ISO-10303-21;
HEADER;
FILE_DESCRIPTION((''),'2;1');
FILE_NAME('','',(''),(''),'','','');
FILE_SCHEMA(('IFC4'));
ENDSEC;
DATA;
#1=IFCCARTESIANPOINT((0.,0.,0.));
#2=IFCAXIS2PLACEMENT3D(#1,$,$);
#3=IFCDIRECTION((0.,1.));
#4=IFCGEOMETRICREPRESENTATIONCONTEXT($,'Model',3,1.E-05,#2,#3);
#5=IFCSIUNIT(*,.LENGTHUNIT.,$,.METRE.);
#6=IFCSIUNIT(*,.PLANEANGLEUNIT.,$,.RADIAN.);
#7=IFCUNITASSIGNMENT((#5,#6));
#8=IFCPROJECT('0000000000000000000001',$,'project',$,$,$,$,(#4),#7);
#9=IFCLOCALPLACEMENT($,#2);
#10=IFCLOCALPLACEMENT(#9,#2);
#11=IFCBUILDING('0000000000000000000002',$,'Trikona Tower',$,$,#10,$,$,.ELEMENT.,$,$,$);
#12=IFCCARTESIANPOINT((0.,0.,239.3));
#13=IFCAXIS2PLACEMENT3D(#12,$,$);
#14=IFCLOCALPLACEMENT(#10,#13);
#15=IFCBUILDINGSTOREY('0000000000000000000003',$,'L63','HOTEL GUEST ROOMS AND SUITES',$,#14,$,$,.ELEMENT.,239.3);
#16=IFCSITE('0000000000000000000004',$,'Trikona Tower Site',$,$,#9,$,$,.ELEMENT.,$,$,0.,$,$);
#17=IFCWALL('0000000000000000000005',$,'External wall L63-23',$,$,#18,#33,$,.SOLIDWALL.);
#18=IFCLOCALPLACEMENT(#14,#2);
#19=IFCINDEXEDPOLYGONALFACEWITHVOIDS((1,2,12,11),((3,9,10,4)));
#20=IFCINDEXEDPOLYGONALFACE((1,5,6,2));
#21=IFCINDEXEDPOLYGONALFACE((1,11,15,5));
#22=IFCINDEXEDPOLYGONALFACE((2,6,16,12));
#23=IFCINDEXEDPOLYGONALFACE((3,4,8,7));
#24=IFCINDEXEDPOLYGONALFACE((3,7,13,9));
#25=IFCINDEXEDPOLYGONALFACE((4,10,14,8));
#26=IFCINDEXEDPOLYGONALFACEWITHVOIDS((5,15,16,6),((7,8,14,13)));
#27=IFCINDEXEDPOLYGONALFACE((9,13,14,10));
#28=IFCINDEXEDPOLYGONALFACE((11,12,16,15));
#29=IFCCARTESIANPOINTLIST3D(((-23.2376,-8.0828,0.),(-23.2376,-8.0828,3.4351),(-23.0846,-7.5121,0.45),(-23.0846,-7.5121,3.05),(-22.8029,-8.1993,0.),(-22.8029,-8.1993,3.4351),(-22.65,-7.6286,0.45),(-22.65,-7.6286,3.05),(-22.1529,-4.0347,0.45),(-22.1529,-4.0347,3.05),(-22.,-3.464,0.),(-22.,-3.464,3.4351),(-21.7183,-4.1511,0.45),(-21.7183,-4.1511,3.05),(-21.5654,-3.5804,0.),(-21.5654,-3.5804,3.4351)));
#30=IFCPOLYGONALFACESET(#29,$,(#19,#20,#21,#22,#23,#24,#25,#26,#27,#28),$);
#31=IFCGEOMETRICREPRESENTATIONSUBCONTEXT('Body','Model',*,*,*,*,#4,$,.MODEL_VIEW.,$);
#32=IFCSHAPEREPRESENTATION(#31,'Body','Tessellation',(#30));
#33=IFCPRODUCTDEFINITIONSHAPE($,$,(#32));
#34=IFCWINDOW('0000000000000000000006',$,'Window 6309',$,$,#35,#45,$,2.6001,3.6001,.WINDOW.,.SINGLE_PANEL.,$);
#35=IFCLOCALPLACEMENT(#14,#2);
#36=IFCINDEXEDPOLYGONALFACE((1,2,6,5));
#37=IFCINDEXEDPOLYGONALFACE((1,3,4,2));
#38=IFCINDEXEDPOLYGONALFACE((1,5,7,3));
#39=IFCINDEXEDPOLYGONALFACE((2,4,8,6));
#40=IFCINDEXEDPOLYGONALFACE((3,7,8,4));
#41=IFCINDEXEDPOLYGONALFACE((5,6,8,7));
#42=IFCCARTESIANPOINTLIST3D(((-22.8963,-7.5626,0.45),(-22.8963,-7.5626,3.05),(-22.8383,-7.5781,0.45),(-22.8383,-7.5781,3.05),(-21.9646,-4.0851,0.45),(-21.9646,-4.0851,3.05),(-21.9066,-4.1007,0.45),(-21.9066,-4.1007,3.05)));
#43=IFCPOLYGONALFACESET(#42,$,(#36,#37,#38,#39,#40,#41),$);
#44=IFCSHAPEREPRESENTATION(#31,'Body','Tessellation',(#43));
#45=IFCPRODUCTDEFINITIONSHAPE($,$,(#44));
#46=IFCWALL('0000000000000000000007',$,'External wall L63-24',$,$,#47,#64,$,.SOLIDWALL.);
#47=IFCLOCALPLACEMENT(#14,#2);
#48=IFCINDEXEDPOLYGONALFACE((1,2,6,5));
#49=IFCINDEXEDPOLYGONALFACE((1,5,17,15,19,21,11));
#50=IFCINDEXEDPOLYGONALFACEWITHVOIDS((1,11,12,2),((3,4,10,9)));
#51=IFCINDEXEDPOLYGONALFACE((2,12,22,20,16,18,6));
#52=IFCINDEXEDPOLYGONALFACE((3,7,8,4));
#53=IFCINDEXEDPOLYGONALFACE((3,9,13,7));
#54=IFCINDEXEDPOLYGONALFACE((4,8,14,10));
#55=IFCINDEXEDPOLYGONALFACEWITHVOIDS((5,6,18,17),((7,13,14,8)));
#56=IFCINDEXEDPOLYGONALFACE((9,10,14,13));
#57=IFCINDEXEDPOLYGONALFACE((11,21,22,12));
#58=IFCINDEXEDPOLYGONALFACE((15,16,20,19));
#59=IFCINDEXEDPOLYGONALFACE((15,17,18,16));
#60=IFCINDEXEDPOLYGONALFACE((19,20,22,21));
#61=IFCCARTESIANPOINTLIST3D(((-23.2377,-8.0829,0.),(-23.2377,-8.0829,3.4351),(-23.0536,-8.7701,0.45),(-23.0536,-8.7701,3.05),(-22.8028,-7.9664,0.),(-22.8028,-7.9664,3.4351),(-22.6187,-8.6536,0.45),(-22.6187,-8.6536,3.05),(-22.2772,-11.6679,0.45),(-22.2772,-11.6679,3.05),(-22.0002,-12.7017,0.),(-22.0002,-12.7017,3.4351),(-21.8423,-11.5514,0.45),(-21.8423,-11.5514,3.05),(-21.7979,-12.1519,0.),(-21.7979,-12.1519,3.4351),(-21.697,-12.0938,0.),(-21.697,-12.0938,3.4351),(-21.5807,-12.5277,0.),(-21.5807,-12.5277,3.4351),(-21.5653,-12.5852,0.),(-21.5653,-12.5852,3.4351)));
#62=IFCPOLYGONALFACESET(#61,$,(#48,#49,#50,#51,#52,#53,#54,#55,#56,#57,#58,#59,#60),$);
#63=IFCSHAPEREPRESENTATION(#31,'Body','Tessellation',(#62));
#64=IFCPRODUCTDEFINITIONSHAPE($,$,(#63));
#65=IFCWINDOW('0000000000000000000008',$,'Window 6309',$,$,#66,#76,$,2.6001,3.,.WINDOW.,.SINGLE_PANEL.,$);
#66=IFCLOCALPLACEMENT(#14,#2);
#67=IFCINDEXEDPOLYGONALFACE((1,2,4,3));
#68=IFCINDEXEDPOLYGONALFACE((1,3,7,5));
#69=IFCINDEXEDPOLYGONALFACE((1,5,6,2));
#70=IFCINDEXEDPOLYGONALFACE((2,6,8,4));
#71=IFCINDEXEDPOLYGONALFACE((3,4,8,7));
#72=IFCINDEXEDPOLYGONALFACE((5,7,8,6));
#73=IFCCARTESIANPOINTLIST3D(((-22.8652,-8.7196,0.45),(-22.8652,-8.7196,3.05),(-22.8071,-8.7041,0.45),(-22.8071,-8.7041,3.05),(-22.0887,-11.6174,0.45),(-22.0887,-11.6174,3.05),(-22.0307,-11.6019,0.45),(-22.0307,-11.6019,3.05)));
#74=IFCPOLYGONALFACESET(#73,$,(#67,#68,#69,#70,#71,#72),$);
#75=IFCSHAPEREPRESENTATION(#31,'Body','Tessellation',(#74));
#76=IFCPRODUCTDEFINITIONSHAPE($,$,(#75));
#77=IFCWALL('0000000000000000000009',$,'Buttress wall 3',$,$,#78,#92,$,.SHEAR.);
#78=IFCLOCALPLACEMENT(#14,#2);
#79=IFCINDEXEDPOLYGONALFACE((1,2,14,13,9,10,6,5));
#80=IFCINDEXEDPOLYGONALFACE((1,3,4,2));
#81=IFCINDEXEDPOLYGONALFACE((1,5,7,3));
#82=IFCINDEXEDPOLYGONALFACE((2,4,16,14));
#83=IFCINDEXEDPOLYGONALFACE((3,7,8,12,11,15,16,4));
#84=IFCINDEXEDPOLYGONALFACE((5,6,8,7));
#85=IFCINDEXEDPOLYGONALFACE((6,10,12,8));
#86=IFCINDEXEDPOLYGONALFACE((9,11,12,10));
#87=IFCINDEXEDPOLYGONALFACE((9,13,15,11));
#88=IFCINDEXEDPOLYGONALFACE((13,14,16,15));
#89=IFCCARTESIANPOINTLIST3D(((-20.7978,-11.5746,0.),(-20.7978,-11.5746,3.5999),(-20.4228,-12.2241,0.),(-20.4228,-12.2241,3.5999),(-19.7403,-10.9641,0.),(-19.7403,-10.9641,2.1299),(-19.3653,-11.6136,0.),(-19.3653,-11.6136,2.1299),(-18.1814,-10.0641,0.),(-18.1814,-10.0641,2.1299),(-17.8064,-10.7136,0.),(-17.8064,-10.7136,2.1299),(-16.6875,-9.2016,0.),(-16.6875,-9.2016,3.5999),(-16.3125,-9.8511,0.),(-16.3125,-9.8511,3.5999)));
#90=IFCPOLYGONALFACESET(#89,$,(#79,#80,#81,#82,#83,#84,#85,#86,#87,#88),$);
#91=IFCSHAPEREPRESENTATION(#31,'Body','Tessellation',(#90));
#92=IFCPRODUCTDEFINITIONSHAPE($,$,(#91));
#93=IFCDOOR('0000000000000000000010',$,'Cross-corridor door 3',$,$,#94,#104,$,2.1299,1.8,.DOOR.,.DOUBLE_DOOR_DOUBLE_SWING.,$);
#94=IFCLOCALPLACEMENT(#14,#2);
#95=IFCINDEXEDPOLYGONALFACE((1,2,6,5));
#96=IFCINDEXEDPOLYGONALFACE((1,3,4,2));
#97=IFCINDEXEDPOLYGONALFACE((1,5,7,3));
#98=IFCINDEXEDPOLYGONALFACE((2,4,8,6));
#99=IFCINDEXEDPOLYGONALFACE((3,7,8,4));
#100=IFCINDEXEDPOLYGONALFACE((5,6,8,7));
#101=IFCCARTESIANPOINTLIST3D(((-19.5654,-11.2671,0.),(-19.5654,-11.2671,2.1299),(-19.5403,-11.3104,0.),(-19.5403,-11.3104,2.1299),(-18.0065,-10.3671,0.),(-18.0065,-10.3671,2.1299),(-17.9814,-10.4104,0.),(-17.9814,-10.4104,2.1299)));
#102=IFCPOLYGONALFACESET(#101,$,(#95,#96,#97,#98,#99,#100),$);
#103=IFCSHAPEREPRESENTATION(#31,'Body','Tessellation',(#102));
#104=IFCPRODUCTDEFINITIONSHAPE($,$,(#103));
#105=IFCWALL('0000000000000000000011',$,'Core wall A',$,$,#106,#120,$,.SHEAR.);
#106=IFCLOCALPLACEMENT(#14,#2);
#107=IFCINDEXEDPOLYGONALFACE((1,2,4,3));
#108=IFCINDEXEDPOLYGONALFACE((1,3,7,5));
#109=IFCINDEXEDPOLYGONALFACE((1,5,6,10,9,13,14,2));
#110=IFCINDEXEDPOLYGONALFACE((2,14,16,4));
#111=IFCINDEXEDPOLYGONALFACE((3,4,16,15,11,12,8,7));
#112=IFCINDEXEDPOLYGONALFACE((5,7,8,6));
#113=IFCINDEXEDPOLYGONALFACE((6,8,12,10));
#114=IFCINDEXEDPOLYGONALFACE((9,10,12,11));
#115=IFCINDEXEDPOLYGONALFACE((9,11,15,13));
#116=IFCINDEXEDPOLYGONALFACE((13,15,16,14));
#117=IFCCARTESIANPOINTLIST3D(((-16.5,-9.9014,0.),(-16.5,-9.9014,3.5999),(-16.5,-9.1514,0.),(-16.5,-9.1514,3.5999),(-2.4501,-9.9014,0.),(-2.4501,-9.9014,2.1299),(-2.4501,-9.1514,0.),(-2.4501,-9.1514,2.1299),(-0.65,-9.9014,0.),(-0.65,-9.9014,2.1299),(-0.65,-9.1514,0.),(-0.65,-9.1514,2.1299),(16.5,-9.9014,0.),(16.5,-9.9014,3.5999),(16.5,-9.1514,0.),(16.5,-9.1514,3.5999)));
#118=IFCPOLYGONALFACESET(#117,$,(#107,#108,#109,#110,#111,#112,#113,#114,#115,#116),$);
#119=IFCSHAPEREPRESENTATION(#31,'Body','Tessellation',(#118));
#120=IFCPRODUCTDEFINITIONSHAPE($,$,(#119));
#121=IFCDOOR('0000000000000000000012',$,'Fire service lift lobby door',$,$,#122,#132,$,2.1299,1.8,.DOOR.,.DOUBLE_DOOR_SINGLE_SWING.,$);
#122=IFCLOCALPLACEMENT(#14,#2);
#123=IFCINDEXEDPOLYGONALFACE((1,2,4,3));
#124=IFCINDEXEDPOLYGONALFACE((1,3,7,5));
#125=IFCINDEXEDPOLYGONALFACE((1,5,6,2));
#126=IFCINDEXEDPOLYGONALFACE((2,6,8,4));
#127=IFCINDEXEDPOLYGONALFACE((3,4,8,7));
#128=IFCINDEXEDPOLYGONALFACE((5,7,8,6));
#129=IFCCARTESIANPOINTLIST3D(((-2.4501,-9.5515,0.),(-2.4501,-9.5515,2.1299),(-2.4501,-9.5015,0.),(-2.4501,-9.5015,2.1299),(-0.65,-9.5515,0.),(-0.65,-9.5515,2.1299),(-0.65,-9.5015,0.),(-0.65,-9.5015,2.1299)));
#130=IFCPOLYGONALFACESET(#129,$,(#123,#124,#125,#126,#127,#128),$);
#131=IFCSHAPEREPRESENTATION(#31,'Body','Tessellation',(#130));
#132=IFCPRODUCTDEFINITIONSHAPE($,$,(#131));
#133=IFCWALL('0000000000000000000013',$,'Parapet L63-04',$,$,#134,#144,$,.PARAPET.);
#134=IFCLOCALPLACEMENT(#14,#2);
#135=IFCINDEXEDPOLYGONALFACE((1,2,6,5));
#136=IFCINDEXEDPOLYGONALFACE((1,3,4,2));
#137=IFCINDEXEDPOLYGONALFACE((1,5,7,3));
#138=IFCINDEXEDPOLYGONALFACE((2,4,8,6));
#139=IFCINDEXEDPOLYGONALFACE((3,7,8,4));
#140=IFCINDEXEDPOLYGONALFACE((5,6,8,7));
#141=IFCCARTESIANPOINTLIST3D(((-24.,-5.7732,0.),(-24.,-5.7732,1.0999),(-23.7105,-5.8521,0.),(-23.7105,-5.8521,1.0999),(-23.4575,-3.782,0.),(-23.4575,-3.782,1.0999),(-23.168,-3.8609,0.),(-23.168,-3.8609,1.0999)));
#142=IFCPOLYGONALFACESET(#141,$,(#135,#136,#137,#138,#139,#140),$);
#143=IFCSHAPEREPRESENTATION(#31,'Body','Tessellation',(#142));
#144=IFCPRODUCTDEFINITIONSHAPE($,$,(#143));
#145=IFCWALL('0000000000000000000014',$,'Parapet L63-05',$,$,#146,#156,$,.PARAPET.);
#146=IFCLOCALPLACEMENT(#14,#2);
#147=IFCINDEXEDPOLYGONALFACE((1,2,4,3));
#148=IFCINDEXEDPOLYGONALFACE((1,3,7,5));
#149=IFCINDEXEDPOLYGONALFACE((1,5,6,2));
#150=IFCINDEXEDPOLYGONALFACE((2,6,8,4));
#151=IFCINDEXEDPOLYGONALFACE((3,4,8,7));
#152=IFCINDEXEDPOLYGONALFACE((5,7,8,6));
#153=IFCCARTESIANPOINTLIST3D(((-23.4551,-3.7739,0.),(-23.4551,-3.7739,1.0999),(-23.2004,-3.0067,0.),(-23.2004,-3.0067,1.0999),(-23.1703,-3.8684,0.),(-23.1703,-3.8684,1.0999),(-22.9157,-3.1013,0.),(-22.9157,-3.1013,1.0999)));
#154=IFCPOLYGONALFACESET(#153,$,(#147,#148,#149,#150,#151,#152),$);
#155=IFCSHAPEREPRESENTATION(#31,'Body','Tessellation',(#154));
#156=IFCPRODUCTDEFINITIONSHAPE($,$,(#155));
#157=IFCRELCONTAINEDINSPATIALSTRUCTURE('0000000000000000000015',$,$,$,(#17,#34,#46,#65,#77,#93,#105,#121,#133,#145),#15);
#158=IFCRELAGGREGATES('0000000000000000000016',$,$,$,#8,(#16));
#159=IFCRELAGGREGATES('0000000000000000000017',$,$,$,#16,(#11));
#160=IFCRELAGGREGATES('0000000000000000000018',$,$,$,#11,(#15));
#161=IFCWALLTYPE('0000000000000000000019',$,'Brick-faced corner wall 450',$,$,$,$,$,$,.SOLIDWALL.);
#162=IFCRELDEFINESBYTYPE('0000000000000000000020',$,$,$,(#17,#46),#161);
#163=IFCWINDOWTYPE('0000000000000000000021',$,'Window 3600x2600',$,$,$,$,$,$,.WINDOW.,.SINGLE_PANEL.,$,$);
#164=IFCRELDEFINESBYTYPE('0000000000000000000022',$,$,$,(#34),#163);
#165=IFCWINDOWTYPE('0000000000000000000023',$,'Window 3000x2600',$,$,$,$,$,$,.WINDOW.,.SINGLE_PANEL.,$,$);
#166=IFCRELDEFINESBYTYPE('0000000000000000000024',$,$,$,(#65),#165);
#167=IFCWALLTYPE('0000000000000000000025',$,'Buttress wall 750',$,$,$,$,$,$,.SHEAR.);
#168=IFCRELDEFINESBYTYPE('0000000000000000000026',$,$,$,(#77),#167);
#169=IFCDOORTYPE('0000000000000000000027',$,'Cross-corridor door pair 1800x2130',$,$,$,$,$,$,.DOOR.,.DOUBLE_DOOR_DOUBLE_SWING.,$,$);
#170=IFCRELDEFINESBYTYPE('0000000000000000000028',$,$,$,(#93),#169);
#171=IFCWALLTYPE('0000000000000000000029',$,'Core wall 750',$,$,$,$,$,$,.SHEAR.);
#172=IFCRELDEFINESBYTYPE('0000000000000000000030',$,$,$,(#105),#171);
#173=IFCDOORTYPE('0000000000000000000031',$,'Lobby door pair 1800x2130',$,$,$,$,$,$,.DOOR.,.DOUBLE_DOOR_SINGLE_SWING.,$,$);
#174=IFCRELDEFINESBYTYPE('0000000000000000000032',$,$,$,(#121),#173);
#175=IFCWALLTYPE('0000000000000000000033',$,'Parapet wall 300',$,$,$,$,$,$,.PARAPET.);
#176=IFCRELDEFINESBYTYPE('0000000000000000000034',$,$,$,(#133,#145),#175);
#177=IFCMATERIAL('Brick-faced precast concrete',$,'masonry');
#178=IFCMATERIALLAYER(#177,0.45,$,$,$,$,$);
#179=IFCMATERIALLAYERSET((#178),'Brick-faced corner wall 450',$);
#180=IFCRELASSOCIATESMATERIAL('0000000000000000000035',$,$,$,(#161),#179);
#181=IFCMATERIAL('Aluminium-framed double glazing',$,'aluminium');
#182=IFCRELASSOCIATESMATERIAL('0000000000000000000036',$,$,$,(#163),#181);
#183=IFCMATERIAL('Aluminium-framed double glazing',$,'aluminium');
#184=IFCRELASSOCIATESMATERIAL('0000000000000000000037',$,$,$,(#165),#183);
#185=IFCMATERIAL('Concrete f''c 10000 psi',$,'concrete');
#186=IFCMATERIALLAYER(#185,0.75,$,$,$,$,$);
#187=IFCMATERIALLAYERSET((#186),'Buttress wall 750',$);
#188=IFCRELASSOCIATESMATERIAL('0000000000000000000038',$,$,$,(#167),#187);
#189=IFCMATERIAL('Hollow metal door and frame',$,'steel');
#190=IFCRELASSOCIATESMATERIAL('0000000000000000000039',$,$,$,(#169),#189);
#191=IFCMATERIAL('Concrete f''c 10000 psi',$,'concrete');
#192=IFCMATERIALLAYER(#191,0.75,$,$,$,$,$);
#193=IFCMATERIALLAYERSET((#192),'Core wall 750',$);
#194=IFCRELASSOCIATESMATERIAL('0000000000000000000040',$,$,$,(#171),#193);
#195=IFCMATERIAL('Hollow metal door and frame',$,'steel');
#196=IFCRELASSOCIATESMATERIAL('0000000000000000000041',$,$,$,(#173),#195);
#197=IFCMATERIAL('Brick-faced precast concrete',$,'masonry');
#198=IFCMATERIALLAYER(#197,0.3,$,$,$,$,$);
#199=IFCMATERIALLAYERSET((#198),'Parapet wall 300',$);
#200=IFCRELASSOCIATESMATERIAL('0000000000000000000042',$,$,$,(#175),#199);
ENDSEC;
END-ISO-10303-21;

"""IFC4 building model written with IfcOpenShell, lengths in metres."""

from ifc_helpers import new_model, si_unit, direction, frame, frame_2d, origin, place, context, subcontext, project, spatial, polyline, rectangle, outline, extrude, material, layer, layer_set, type_object, element, fill, save


model = new_model("IFC4")

# Units and contexts
model_context = context("Model", 3, precision=1e-05, world=origin(), true_north=direction((0.0, 1.0)))
body_context = subcontext(model_context, "Body", "Model", "MODEL_VIEW")
ifc_project = project(units=[si_unit("LENGTHUNIT", "METRE"), si_unit("PLANEANGLEUNIT", "RADIAN")], contexts=[model_context])

# Site, building, storey
site_placement = place(None, origin())
site = spatial("IfcSite", under=ifc_project, at=site_placement, Name="Trikona Tower Site", CompositionType="ELEMENT", RefElevation=0.0)
building_placement = place(site_placement, origin())
building = spatial("IfcBuilding", under=site, at=building_placement, Name="Trikona Tower", CompositionType="ELEMENT")
storey_placement = place(building_placement, frame((0.0, 0.0, 239.3)))
storey = spatial("IfcBuildingStorey", under=building, at=storey_placement, Name="L63", Description="HOTEL GUEST ROOMS AND SUITES", CompositionType="ELEMENT", Elevation=239.3)

# Walls, openings, windows
ifc_material_1 = material(Name="Brick-faced precast concrete", Category="masonry")
ifc_layer_1 = layer(ifc_material_1, 0.45)
ifc_layer_set_1 = layer_set([ifc_layer_1], Name="Brick-faced corner wall 450")
wall_type_1 = type_object("IfcWallType", Name="Brick-faced corner wall 450", PredefinedType="SOLIDWALL", material=ifc_layer_set_1)
wall_1_placement = place(storey_placement, frame((-21.7827, -3.5222, 0.0), z_axis=(0.0, 0.0, 1.0), x_axis=(-0.258803, -0.96593, 0.0)))
wall_1 = element("IfcWall", 1, at=wall_1_placement, inside=storey, type_object=wall_type_1, Name="External wall L63-23", PredefinedType="SOLIDWALL", context=body_context, shape_type="SweptSolid", body=[
    extrude(rectangle(XDim=4.7817, YDim=0.45, at=frame_2d((2.3909, 0.0))), origin(), (0.0, 0.0, 1.0), 3.4351),
])
opening_1_placement = place(wall_1_placement, frame((0.5908, 0.0, 0.45)))
opening_1 = element("IfcOpeningElement", 2, at=opening_1_placement, cuts=wall_1, PredefinedType="OPENING", context=body_context, shape_type="SweptSolid", body=[
    extrude(rectangle(XDim=3.6001, YDim=2.6001, at=frame_2d((1.8, 1.3))), frame((0.0, 0.2349, 0.0), z_axis=(0.0, -1.0, 0.0), x_axis=(1.0, 0.0, 0.0)), (0.0, 0.0, 1.0), 0.47),
])
ifc_material_2 = material(Name="Aluminium-framed double glazing", Category="aluminium")
window_type_1 = type_object("IfcWindowType", Name="Window 3600x2600", PartitioningType="SINGLE_PANEL", PredefinedType="WINDOW", material=ifc_material_2)
window_1_placement = place(opening_1_placement, origin())
window_1 = element("IfcWindow", 3, at=window_1_placement, inside=storey, type_object=window_type_1, Name="Window 6309", OverallHeight=2.6001, OverallWidth=3.6001, PartitioningType="SINGLE_PANEL", PredefinedType="WINDOW", context=body_context, shape_type="SweptSolid", body=[
    extrude(rectangle(XDim=3.6001, YDim=2.6001, at=frame_2d((1.8, 1.3))), frame((0.0, 0.03, 0.0), z_axis=(0.0, -1.0, 0.0), x_axis=(1.0, 0.0, 0.0)), (0.0, 0.0, 1.0), 0.0601),
])
fill(opening_1, window_1)
wall_2_placement = place(storey_placement, frame((-23.0203, -8.0247, 0.0), z_axis=(0.0, 0.0, 1.0), x_axis=(0.258803, -0.96593, 0.0)))
wall_2 = element("IfcWall", 4, at=wall_2_placement, inside=storey, type_object=wall_type_1, Name="External wall L63-24", PredefinedType="SOLIDWALL", context=body_context, shape_type="SweptSolid", body=[
    extrude(outline(polyline([(4.7817, 0.2251), (4.7222, 0.2251), (4.303, 0.1125), (4.2729, 0.2251), (0.0, 0.2251), (0.0, -0.2251), (4.7817, -0.2251), (4.7817, 0.2251)])), origin(), (0.0, 0.0, 1.0), 3.4351),
])
opening_2_placement = place(wall_2_placement, frame((0.7114, 0.0, 0.45)))
opening_2 = element("IfcOpeningElement", 5, at=opening_2_placement, cuts=wall_2, PredefinedType="OPENING", context=body_context, shape_type="SweptSolid", body=[
    extrude(rectangle(XDim=3.0, YDim=2.6001, at=frame_2d((1.5, 1.3))), frame((0.0, 0.2349, 0.0), z_axis=(0.0, -1.0, 0.0), x_axis=(1.0, 0.0, 0.0)), (0.0, 0.0, 1.0), 0.47),
])
ifc_material_3 = material(Name="Aluminium-framed double glazing", Category="aluminium")
window_type_2 = type_object("IfcWindowType", Name="Window 3000x2600", PartitioningType="SINGLE_PANEL", PredefinedType="WINDOW", material=ifc_material_3)
window_2_placement = place(opening_2_placement, origin())
window_2 = element("IfcWindow", 6, at=window_2_placement, inside=storey, type_object=window_type_2, Name="Window 6309", OverallHeight=2.6001, OverallWidth=3.0, PartitioningType="SINGLE_PANEL", PredefinedType="WINDOW", context=body_context, shape_type="SweptSolid", body=[
    extrude(rectangle(XDim=3.0, YDim=2.6001, at=frame_2d((1.5, 1.3))), frame((0.0, 0.03, 0.0), z_axis=(0.0, -1.0, 0.0), x_axis=(1.0, 0.0, 0.0)), (0.0, 0.0, 1.0), 0.0601),
])
fill(opening_2, window_2)

# Walls, openings, doors
ifc_material_4 = material(Name="Concrete f'c 10000 psi", Category="concrete")
ifc_layer_2 = layer(ifc_material_4, 0.75)
ifc_layer_set_2 = layer_set([ifc_layer_2], Name="Buttress wall 750")
wall_type_2 = type_object("IfcWallType", Name="Buttress wall 750", PredefinedType="SHEAR", material=ifc_layer_set_2)
wall_3_placement = place(storey_placement, frame((-16.5, -9.5264, 0.0), z_axis=(0.0, 0.0, 1.0), x_axis=(-0.866031, -0.49999, 0.0)))
wall_3 = element("IfcWall", 7, at=wall_3_placement, inside=storey, type_object=wall_type_2, Name="Buttress wall 3", PredefinedType="SHEAR", context=body_context, shape_type="SweptSolid", body=[
    extrude(rectangle(XDim=4.7461, YDim=0.75, at=frame_2d((2.373, 0.0))), origin(), (0.0, 0.0, 1.0), 3.5999),
])
opening_3_placement = place(wall_3_placement, frame((1.7251, 0.0, 0.0)))
opening_3 = element("IfcOpeningElement", 8, at=opening_3_placement, cuts=wall_3, PredefinedType="OPENING", context=body_context, shape_type="SweptSolid", body=[
    extrude(rectangle(XDim=1.8, YDim=2.1299, at=frame_2d((0.8999, 1.0649))), frame((0.0, 0.385, 0.0), z_axis=(0.0, -1.0, 0.0), x_axis=(1.0, 0.0, 0.0)), (0.0, 0.0, 1.0), 0.77),
])
ifc_material_5 = material(Name="Hollow metal door and frame", Category="steel")
door_type_1 = type_object("IfcDoorType", Name="Cross-corridor door pair 1800x2130", OperationType="DOUBLE_DOOR_DOUBLE_SWING", PredefinedType="DOOR", material=ifc_material_5)
door_1_placement = place(opening_3_placement, origin())
door_1 = element("IfcDoor", 9, at=door_1_placement, inside=storey, type_object=door_type_1, Name="Cross-corridor door 3", OperationType="DOUBLE_DOOR_DOUBLE_SWING", OverallHeight=2.1299, OverallWidth=1.8, PredefinedType="DOOR", context=body_context, shape_type="SweptSolid", body=[
    extrude(rectangle(XDim=1.8, YDim=2.1299, at=frame_2d((0.8999, 1.0649))), frame((0.0, 0.0249, 0.0), z_axis=(0.0, -1.0, 0.0), x_axis=(1.0, 0.0, 0.0)), (0.0, 0.0, 1.0), 0.05),
])
fill(opening_3, door_1)
ifc_material_6 = material(Name="Concrete f'c 10000 psi", Category="concrete")
ifc_layer_3 = layer(ifc_material_6, 0.75)
ifc_layer_set_3 = layer_set([ifc_layer_3], Name="Core wall 750")
wall_type_3 = type_object("IfcWallType", Name="Core wall 750", PredefinedType="SHEAR", material=ifc_layer_set_3)
wall_4_placement = place(storey_placement, frame((-16.5, -9.5264, 0.0), z_axis=(0.0, 0.0, 1.0), x_axis=(1.0, 0.0, 0.0)))
wall_4 = element("IfcWall", 10, at=wall_4_placement, inside=storey, type_object=wall_type_3, Name="Core wall A", PredefinedType="SHEAR", context=body_context, shape_type="SweptSolid", body=[
    extrude(rectangle(XDim=33.0, YDim=0.75, at=frame_2d((16.5, 0.0))), origin(), (0.0, 0.0, 1.0), 3.5999),
])
opening_4_placement = place(wall_4_placement, frame((14.05, 0.0, 0.0)))
opening_4 = element("IfcOpeningElement", 11, at=opening_4_placement, cuts=wall_4, PredefinedType="OPENING", context=body_context, shape_type="SweptSolid", body=[
    extrude(rectangle(XDim=1.8, YDim=2.1299, at=frame_2d((0.8999, 1.0649))), frame((0.0, 0.385, 0.0), z_axis=(0.0, -1.0, 0.0), x_axis=(1.0, 0.0, 0.0)), (0.0, 0.0, 1.0), 0.77),
])
ifc_material_7 = material(Name="Hollow metal door and frame", Category="steel")
door_type_2 = type_object("IfcDoorType", Name="Lobby door pair 1800x2130", OperationType="DOUBLE_DOOR_SINGLE_SWING", PredefinedType="DOOR", material=ifc_material_7)
door_2_placement = place(opening_4_placement, origin())
door_2 = element("IfcDoor", 12, at=door_2_placement, inside=storey, type_object=door_type_2, Name="Fire service lift lobby door", OperationType="DOUBLE_DOOR_SINGLE_SWING", OverallHeight=2.1299, OverallWidth=1.8, PredefinedType="DOOR", context=body_context, shape_type="SweptSolid", body=[
    extrude(rectangle(XDim=1.8, YDim=2.1299, at=frame_2d((0.8999, 1.0649))), frame((0.0, 0.0249, 0.0), z_axis=(0.0, -1.0, 0.0), x_axis=(1.0, 0.0, 0.0)), (0.0, 0.0, 1.0), 0.05),
])
fill(opening_4, door_2)

# Walls
ifc_material_8 = material(Name="Brick-faced precast concrete", Category="masonry")
ifc_layer_4 = layer(ifc_material_8, 0.3)
ifc_layer_set_4 = layer_set([ifc_layer_4], Name="Parapet wall 300")
wall_type_4 = type_object("IfcWallType", Name="Parapet wall 300", PredefinedType="PARAPET", material=ifc_layer_set_4)
wall_5_placement = place(storey_placement, frame((-23.8552, -5.8125, 0.0), z_axis=(0.0, 0.0, 1.0), x_axis=(0.262857, 0.964835, 0.0)))
element("IfcWall", 13, at=wall_5_placement, inside=storey, type_object=wall_type_4, Name="Parapet L63-04", PredefinedType="PARAPET", context=body_context, shape_type="SweptSolid", body=[
    extrude(rectangle(XDim=2.0637, YDim=0.3, at=frame_2d((1.0317, 0.0))), origin(), (0.0, 0.0, 1.0), 1.0999),
])
wall_6_placement = place(storey_placement, frame((-23.3127, -3.8213, 0.0), z_axis=(0.0, 0.0, 1.0), x_axis=(0.315049, 0.949075, 0.0)))
element("IfcWall", 14, at=wall_6_placement, inside=storey, type_object=wall_type_4, Name="Parapet L63-05", PredefinedType="PARAPET", context=body_context, shape_type="SweptSolid", body=[
    extrude(rectangle(XDim=0.8083, YDim=0.3, at=frame_2d((0.4043, 0.0))), origin(), (0.0, 0.0, 1.0), 1.0999),
])

save(model, "model.ifc")
